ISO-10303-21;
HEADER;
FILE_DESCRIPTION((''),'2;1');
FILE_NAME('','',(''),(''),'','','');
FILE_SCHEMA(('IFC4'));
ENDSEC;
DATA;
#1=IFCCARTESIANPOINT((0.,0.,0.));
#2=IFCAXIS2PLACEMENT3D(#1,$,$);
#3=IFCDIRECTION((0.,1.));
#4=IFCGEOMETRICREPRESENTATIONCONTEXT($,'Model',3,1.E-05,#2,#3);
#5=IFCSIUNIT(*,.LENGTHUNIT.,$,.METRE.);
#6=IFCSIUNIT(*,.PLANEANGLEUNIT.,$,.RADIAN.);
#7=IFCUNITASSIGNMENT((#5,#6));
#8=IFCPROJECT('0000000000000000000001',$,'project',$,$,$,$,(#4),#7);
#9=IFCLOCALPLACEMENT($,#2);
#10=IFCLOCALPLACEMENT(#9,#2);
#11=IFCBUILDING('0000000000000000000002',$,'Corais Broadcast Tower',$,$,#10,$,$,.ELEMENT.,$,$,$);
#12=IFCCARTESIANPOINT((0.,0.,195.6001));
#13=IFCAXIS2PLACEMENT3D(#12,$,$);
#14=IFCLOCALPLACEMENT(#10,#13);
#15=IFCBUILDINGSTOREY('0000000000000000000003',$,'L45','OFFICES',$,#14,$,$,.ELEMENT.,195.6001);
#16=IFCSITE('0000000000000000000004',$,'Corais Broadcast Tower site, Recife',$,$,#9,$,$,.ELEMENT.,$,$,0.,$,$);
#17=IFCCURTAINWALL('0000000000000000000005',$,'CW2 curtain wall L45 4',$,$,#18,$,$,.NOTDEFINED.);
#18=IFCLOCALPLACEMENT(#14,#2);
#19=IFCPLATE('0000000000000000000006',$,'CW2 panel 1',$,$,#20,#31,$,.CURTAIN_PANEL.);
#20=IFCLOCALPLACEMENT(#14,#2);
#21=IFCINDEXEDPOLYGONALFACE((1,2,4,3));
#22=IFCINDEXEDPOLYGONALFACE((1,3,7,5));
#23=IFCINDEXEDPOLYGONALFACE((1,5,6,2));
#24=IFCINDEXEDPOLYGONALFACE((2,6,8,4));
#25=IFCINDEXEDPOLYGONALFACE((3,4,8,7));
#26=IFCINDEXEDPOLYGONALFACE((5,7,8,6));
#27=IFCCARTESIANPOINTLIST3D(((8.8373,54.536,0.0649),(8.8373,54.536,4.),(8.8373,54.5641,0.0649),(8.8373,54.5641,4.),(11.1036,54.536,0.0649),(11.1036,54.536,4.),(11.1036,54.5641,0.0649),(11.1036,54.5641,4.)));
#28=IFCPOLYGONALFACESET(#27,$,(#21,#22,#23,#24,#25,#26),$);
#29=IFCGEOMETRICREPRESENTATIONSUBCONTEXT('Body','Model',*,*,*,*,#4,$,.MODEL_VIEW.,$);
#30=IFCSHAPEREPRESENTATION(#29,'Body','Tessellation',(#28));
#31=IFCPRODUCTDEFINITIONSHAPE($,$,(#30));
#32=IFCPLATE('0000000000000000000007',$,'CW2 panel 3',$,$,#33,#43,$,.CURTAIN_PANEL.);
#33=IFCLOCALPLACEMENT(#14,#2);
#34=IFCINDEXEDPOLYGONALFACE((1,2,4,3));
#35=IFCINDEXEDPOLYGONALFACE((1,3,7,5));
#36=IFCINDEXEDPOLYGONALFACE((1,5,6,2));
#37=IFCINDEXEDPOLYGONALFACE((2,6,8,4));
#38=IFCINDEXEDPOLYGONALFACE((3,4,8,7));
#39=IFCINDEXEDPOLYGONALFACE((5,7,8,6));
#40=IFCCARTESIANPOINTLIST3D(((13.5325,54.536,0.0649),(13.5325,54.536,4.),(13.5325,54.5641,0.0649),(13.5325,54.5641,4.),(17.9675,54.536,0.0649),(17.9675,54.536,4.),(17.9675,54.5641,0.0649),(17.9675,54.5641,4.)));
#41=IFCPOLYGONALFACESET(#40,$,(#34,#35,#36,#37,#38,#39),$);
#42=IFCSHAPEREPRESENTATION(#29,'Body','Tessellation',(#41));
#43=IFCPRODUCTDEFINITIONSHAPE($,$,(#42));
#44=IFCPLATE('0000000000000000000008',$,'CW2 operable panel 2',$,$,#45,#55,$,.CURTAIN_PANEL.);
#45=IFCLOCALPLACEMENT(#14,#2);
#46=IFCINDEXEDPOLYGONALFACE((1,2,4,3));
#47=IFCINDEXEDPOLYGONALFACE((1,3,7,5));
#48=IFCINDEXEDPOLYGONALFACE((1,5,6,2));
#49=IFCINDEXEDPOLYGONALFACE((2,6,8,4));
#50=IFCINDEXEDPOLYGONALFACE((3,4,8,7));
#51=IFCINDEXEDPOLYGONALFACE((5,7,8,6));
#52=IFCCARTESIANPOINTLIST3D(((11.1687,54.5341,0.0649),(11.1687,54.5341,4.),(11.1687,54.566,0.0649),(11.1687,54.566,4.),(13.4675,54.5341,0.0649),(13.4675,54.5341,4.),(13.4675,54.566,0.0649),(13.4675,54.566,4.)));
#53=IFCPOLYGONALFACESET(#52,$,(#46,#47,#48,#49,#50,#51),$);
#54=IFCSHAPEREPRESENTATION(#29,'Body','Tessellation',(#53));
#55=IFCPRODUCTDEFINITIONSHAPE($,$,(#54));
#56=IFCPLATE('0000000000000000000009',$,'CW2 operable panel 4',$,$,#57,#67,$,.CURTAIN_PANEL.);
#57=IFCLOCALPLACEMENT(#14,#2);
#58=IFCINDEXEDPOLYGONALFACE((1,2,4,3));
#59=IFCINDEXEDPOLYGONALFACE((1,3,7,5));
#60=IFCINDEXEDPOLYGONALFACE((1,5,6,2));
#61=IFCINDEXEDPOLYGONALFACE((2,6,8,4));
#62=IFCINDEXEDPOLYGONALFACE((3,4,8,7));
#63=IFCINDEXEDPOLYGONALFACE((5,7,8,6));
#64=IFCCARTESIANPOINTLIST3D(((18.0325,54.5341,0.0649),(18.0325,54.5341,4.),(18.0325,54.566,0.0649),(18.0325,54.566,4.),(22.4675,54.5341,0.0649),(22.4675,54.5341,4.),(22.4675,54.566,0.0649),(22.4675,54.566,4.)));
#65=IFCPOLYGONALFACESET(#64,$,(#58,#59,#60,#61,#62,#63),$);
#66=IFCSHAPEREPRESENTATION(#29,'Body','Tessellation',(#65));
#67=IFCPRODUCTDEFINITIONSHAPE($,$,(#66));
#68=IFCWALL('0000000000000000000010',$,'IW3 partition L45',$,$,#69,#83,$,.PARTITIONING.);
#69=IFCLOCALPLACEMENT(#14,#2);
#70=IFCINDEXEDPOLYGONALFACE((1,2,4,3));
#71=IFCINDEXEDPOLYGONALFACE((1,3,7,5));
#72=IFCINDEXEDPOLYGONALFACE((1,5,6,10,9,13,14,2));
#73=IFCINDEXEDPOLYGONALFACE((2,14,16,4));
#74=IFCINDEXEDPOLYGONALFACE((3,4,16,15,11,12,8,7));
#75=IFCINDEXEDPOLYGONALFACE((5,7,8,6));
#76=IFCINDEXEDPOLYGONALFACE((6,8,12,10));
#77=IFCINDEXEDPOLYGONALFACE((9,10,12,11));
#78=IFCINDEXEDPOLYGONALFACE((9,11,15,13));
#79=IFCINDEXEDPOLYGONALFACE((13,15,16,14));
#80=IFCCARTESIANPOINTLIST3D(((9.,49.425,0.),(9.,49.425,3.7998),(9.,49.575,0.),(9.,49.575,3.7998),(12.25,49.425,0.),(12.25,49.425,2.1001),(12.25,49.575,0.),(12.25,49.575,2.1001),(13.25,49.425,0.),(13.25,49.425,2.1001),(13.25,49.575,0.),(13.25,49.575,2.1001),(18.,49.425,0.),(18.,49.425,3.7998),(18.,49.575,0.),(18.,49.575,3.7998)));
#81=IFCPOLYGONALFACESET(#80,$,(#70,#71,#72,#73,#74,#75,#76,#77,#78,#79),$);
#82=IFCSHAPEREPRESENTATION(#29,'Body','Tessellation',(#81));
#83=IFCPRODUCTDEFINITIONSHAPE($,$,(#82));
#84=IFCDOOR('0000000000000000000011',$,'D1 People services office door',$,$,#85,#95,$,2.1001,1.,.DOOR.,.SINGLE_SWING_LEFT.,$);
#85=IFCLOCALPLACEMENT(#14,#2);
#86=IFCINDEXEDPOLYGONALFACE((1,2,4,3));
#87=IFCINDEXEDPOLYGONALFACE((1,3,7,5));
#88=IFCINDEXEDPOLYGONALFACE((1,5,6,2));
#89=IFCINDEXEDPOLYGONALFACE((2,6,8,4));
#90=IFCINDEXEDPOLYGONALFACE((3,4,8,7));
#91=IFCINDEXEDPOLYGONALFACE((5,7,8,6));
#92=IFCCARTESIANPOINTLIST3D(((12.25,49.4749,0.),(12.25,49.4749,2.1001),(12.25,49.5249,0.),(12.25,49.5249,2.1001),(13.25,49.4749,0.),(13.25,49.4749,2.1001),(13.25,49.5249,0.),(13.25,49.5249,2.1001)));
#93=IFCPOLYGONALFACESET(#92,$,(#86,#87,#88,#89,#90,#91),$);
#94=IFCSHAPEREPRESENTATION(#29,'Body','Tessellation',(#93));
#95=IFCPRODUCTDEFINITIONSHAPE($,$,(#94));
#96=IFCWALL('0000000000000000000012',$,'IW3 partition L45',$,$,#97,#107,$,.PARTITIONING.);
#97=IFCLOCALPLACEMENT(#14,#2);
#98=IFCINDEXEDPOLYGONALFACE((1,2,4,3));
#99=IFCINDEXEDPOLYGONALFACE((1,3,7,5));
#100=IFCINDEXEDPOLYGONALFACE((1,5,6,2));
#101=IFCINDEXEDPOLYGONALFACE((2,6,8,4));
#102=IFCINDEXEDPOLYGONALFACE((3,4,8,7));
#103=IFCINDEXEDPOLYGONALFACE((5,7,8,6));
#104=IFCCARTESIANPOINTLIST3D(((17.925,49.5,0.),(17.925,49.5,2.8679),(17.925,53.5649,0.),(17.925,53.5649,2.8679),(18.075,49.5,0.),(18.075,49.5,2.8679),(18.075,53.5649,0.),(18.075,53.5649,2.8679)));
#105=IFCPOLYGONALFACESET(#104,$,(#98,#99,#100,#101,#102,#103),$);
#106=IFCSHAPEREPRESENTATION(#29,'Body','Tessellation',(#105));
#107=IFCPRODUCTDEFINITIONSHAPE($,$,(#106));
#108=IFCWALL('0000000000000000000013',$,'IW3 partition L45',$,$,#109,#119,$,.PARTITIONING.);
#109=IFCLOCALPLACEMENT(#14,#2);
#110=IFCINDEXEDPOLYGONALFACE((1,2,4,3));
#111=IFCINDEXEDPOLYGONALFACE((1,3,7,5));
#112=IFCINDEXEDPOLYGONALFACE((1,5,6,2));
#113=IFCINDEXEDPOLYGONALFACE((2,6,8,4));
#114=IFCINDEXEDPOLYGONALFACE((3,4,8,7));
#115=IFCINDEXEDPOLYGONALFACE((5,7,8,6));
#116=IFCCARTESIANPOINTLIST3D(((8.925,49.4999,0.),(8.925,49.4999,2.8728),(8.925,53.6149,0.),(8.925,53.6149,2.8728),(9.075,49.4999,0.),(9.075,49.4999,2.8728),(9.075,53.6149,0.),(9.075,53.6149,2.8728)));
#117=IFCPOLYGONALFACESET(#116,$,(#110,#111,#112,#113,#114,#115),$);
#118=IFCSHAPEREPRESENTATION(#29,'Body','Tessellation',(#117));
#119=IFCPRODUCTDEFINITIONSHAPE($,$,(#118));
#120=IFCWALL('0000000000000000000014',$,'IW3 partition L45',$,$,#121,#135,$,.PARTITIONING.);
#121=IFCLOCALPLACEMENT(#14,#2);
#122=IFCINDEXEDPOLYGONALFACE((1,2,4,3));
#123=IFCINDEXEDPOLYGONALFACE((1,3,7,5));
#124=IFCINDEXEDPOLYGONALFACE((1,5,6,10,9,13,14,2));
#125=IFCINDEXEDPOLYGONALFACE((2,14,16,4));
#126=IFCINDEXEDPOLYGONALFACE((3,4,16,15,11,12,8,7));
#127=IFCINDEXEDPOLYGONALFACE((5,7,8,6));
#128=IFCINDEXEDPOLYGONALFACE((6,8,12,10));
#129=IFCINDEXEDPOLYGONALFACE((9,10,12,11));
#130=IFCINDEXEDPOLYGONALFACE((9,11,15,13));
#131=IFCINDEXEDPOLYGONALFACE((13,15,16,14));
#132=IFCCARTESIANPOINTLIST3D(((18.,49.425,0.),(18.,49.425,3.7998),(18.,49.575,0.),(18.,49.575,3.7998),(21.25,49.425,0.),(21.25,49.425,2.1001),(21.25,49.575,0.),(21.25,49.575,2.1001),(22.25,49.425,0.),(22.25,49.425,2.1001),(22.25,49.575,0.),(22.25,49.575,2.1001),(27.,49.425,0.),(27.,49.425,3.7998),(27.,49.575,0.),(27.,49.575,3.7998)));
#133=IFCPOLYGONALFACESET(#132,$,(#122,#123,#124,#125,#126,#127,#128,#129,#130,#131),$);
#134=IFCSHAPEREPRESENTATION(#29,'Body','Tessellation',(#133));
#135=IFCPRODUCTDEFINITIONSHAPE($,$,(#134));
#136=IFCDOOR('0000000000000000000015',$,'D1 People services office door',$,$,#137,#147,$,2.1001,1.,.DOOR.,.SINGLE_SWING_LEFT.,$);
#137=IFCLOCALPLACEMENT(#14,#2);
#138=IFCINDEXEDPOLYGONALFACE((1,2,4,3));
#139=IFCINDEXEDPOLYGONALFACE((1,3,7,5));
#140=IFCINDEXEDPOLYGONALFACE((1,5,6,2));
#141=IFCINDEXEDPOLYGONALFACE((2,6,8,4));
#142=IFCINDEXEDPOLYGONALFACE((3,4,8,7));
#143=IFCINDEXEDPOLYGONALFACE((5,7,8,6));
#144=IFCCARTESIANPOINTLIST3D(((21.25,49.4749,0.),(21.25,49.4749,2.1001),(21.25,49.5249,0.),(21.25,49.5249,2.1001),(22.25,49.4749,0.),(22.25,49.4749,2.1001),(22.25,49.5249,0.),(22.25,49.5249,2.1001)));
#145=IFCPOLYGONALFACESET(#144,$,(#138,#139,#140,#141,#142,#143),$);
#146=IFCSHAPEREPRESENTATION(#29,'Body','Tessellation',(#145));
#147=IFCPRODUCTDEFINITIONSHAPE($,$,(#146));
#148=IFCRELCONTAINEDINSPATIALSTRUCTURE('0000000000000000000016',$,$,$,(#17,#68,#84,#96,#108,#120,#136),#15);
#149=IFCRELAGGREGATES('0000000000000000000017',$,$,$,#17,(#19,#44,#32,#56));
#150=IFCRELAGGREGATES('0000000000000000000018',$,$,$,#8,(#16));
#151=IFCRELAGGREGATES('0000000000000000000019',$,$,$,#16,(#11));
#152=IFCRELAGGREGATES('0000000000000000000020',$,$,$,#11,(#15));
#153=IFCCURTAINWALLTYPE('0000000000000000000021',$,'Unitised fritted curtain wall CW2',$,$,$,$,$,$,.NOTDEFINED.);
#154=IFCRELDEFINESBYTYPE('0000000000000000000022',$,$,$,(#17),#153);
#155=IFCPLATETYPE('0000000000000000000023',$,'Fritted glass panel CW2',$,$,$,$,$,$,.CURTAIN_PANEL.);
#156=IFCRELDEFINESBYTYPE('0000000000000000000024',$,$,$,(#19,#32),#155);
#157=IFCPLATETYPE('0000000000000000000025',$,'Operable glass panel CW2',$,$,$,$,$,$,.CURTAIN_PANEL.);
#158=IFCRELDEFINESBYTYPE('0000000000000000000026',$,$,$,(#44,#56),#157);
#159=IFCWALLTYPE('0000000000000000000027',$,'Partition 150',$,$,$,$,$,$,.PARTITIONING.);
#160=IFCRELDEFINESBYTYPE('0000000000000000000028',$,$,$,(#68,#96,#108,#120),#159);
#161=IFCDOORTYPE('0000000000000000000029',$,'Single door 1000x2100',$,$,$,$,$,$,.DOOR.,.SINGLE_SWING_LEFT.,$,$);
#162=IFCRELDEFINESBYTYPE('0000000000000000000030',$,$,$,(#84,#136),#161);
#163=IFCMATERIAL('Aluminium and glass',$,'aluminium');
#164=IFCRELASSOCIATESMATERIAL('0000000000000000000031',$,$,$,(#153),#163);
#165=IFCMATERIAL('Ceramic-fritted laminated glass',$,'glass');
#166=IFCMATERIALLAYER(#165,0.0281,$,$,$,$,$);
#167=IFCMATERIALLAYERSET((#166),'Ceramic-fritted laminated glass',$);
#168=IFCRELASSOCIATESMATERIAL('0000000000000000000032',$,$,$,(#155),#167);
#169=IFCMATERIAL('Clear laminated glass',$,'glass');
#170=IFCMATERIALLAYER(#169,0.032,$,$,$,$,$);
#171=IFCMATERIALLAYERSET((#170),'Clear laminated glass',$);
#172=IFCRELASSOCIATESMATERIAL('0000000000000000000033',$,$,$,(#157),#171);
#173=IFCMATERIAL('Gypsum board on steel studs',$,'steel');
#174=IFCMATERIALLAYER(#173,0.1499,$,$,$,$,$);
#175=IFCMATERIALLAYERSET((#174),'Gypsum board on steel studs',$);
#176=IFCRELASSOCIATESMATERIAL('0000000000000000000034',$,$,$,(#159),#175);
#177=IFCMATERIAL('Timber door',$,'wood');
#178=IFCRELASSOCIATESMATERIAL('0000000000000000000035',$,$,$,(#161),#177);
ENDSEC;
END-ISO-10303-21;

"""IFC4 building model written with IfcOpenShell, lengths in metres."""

from ifc_helpers import new_model, si_unit, direction, frame, frame_2d, origin, origin_2d, place, context, subcontext, project, spatial, rectangle, extrude, material, layer, layer_set, type_object, element, fill, aggregate, save


model = new_model("IFC4")

# Units and contexts
model_context = context("Model", 3, precision=1e-05, world=origin(), true_north=direction((0.0, 1.0)))
body_context = subcontext(model_context, "Body", "Model", "MODEL_VIEW")
ifc_project = project(units=[si_unit("LENGTHUNIT", "METRE"), si_unit("PLANEANGLEUNIT", "RADIAN")], contexts=[model_context])

# Site, building, storey
site_placement = place(None, origin())
site = spatial("IfcSite", under=ifc_project, at=site_placement, Name="Corais Broadcast Tower site, Recife", CompositionType="ELEMENT", RefElevation=0.0)
building_placement = place(site_placement, origin())
building = spatial("IfcBuilding", under=site, at=building_placement, Name="Corais Broadcast Tower", CompositionType="ELEMENT")
storey_placement = place(building_placement, frame((0.0, 0.0, 195.6001)))
storey = spatial("IfcBuildingStorey", under=building, at=storey_placement, Name="L45", Description="OFFICES", CompositionType="ELEMENT", Elevation=195.6001)

# Curtain wall
ifc_material_1 = material(Name="Aluminium and glass", Category="aluminium")
curtain_wall_type = type_object("IfcCurtainWallType", Name="Unitised fritted curtain wall CW2", PredefinedType="NOTDEFINED", material=ifc_material_1)
curtain_wall_placement = place(storey_placement, origin())
curtain_wall = element("IfcCurtainWall", 1, at=curtain_wall_placement, inside=storey, type_object=curtain_wall_type, Name="CW2 curtain wall L45 4", PredefinedType="NOTDEFINED")

# Plates
ifc_material_2 = material(Name="Ceramic-fritted laminated glass", Category="glass")
ifc_layer_1 = layer(ifc_material_2, 0.0281)
ifc_layer_set_1 = layer_set([ifc_layer_1], Name="Ceramic-fritted laminated glass")
plate_type_1 = type_object("IfcPlateType", Name="Fritted glass panel CW2", PredefinedType="CURTAIN_PANEL", material=ifc_layer_set_1)
plate_1_placement = place(storey_placement, frame((9.9705, 54.55, 0.0649), z_axis=(0.0, 0.0, 1.0), x_axis=(1.0, 0.0, 0.0)))
plate_1 = element("IfcPlate", 2, at=plate_1_placement, type_object=plate_type_1, Name="CW2 panel 1", PredefinedType="CURTAIN_PANEL", context=body_context, shape_type="SweptSolid", body=[
    extrude(rectangle(XDim=2.2664, YDim=0.0281, at=origin_2d()), origin(), (0.0, 0.0, 1.0), 3.9351),
])
plate_2_placement = place(storey_placement, frame((15.75, 54.55, 0.0649), z_axis=(0.0, 0.0, 1.0), x_axis=(1.0, 0.0, 0.0)))
plate_2 = element("IfcPlate", 3, at=plate_2_placement, type_object=plate_type_1, Name="CW2 panel 3", PredefinedType="CURTAIN_PANEL", context=body_context, shape_type="SweptSolid", body=[
    extrude(rectangle(XDim=4.4351, YDim=0.0281, at=origin_2d()), origin(), (0.0, 0.0, 1.0), 3.9351),
])
ifc_material_3 = material(Name="Clear laminated glass", Category="glass")
ifc_layer_2 = layer(ifc_material_3, 0.032)
ifc_layer_set_2 = layer_set([ifc_layer_2], Name="Clear laminated glass")
plate_type_2 = type_object("IfcPlateType", Name="Operable glass panel CW2", PredefinedType="CURTAIN_PANEL", material=ifc_layer_set_2)
plate_3_placement = place(storey_placement, frame((12.3181, 54.55, 0.0649), z_axis=(0.0, 0.0, 1.0), x_axis=(1.0, 0.0, 0.0)))
plate_3 = element("IfcPlate", 4, at=plate_3_placement, type_object=plate_type_2, Name="CW2 operable panel 2", PredefinedType="CURTAIN_PANEL", context=body_context, shape_type="SweptSolid", body=[
    extrude(rectangle(XDim=2.2988, YDim=0.032, at=origin_2d()), origin(), (0.0, 0.0, 1.0), 3.9351),
])
plate_4_placement = place(storey_placement, frame((20.25, 54.55, 0.0649), z_axis=(0.0, 0.0, 1.0), x_axis=(1.0, 0.0, 0.0)))
plate_4 = element("IfcPlate", 5, at=plate_4_placement, type_object=plate_type_2, Name="CW2 operable panel 4", PredefinedType="CURTAIN_PANEL", context=body_context, shape_type="SweptSolid", body=[
    extrude(rectangle(XDim=4.4351, YDim=0.032, at=origin_2d()), origin(), (0.0, 0.0, 1.0), 3.9351),
])
aggregate(curtain_wall, [plate_1, plate_3, plate_2, plate_4])

# Wall, opening, door
ifc_material_4 = material(Name="Gypsum board on steel studs", Category="steel")
ifc_layer_3 = layer(ifc_material_4, 0.1499)
ifc_layer_set_3 = layer_set([ifc_layer_3], Name="Gypsum board on steel studs")
wall_type = type_object("IfcWallType", Name="Partition 150", PredefinedType="PARTITIONING", material=ifc_layer_set_3)
wall_1_placement = place(storey_placement, frame((9.0, 49.5, 0.0), z_axis=(0.0, 0.0, 1.0), x_axis=(1.0, 0.0, 0.0)))
wall_1 = element("IfcWall", 6, at=wall_1_placement, inside=storey, type_object=wall_type, Name="IW3 partition L45", PredefinedType="PARTITIONING", context=body_context, shape_type="SweptSolid", body=[
    extrude(rectangle(XDim=9.0, YDim=0.1499, at=frame_2d((4.5, 0.0))), origin(), (0.0, 0.0, 1.0), 3.7998),
])
opening_1_placement = place(wall_1_placement, frame((3.25, 0.0, 0.0)))
opening_1 = element("IfcOpeningElement", 7, at=opening_1_placement, cuts=wall_1, PredefinedType="OPENING", context=body_context, shape_type="SweptSolid", body=[
    extrude(rectangle(XDim=1.0, YDim=2.1001, at=frame_2d((0.5, 1.05))), frame((0.0, 0.085, 0.0), z_axis=(0.0, -1.0, 0.0), x_axis=(1.0, 0.0, 0.0)), (0.0, 0.0, 1.0), 0.1699),
])
ifc_material_5 = material(Name="Timber door", Category="wood")
door_type = type_object("IfcDoorType", Name="Single door 1000x2100", OperationType="SINGLE_SWING_LEFT", PredefinedType="DOOR", material=ifc_material_5)
door_1_placement = place(opening_1_placement, origin())
door_1 = element("IfcDoor", 8, at=door_1_placement, inside=storey, type_object=door_type, Name="D1 People services office door", OperationType="SINGLE_SWING_LEFT", OverallHeight=2.1001, OverallWidth=1.0, PredefinedType="DOOR", context=body_context, shape_type="SweptSolid", body=[
    extrude(rectangle(XDim=1.0, YDim=2.1001, at=frame_2d((0.5, 1.05))), frame((0.0, 0.0249, 0.0), z_axis=(0.0, -1.0, 0.0), x_axis=(1.0, 0.0, 0.0)), (0.0, 0.0, 1.0), 0.05),
])
fill(opening_1, door_1)

# Walls
wall_2_placement = place(storey_placement, frame((18.0, 49.5, 0.0), z_axis=(0.0, 0.0, 1.0), x_axis=(0.0, 1.0, 0.0)))
element("IfcWall", 9, at=wall_2_placement, inside=storey, type_object=wall_type, Name="IW3 partition L45", PredefinedType="PARTITIONING", context=body_context, shape_type="SweptSolid", body=[
    extrude(rectangle(XDim=4.0649, YDim=0.1499, at=frame_2d((2.0325, 0.0))), origin(), (0.0, 0.0, 1.0), 2.8679),
])
wall_3_placement = place(storey_placement, frame((9.0, 53.615, 0.0), z_axis=(0.0, 0.0, 1.0), x_axis=(0.0, -1.0, 0.0)))
element("IfcWall", 10, at=wall_3_placement, inside=storey, type_object=wall_type, Name="IW3 partition L45", PredefinedType="PARTITIONING", context=body_context, shape_type="SweptSolid", body=[
    extrude(rectangle(XDim=4.115, YDim=0.1499, at=frame_2d((2.0576, 0.0))), origin(), (0.0, 0.0, 1.0), 2.8728),
])

# Wall, opening, door
wall_4_placement = place(storey_placement, frame((18.0, 49.5, 0.0), z_axis=(0.0, 0.0, 1.0), x_axis=(1.0, 0.0, 0.0)))
wall_4 = element("IfcWall", 11, at=wall_4_placement, inside=storey, type_object=wall_type, Name="IW3 partition L45", PredefinedType="PARTITIONING", context=body_context, shape_type="SweptSolid", body=[
    extrude(rectangle(XDim=9.0, YDim=0.1499, at=frame_2d((4.5, 0.0))), origin(), (0.0, 0.0, 1.0), 3.7998),
])
opening_2_placement = place(wall_4_placement, frame((3.25, 0.0, 0.0)))
opening_2 = element("IfcOpeningElement", 12, at=opening_2_placement, cuts=wall_4, PredefinedType="OPENING", context=body_context, shape_type="SweptSolid", body=[
    extrude(rectangle(XDim=1.0, YDim=2.1001, at=frame_2d((0.5, 1.05))), frame((0.0, 0.085, 0.0), z_axis=(0.0, -1.0, 0.0), x_axis=(1.0, 0.0, 0.0)), (0.0, 0.0, 1.0), 0.1699),
])
door_2_placement = place(opening_2_placement, origin())
door_2 = element("IfcDoor", 13, at=door_2_placement, inside=storey, type_object=door_type, Name="D1 People services office door", OperationType="SINGLE_SWING_LEFT", OverallHeight=2.1001, OverallWidth=1.0, PredefinedType="DOOR", context=body_context, shape_type="SweptSolid", body=[
    extrude(rectangle(XDim=1.0, YDim=2.1001, at=frame_2d((0.5, 1.05))), frame((0.0, 0.0249, 0.0), z_axis=(0.0, -1.0, 0.0), x_axis=(1.0, 0.0, 0.0)), (0.0, 0.0, 1.0), 0.05),
])
fill(opening_2, door_2)

save(model, "model.ifc")
